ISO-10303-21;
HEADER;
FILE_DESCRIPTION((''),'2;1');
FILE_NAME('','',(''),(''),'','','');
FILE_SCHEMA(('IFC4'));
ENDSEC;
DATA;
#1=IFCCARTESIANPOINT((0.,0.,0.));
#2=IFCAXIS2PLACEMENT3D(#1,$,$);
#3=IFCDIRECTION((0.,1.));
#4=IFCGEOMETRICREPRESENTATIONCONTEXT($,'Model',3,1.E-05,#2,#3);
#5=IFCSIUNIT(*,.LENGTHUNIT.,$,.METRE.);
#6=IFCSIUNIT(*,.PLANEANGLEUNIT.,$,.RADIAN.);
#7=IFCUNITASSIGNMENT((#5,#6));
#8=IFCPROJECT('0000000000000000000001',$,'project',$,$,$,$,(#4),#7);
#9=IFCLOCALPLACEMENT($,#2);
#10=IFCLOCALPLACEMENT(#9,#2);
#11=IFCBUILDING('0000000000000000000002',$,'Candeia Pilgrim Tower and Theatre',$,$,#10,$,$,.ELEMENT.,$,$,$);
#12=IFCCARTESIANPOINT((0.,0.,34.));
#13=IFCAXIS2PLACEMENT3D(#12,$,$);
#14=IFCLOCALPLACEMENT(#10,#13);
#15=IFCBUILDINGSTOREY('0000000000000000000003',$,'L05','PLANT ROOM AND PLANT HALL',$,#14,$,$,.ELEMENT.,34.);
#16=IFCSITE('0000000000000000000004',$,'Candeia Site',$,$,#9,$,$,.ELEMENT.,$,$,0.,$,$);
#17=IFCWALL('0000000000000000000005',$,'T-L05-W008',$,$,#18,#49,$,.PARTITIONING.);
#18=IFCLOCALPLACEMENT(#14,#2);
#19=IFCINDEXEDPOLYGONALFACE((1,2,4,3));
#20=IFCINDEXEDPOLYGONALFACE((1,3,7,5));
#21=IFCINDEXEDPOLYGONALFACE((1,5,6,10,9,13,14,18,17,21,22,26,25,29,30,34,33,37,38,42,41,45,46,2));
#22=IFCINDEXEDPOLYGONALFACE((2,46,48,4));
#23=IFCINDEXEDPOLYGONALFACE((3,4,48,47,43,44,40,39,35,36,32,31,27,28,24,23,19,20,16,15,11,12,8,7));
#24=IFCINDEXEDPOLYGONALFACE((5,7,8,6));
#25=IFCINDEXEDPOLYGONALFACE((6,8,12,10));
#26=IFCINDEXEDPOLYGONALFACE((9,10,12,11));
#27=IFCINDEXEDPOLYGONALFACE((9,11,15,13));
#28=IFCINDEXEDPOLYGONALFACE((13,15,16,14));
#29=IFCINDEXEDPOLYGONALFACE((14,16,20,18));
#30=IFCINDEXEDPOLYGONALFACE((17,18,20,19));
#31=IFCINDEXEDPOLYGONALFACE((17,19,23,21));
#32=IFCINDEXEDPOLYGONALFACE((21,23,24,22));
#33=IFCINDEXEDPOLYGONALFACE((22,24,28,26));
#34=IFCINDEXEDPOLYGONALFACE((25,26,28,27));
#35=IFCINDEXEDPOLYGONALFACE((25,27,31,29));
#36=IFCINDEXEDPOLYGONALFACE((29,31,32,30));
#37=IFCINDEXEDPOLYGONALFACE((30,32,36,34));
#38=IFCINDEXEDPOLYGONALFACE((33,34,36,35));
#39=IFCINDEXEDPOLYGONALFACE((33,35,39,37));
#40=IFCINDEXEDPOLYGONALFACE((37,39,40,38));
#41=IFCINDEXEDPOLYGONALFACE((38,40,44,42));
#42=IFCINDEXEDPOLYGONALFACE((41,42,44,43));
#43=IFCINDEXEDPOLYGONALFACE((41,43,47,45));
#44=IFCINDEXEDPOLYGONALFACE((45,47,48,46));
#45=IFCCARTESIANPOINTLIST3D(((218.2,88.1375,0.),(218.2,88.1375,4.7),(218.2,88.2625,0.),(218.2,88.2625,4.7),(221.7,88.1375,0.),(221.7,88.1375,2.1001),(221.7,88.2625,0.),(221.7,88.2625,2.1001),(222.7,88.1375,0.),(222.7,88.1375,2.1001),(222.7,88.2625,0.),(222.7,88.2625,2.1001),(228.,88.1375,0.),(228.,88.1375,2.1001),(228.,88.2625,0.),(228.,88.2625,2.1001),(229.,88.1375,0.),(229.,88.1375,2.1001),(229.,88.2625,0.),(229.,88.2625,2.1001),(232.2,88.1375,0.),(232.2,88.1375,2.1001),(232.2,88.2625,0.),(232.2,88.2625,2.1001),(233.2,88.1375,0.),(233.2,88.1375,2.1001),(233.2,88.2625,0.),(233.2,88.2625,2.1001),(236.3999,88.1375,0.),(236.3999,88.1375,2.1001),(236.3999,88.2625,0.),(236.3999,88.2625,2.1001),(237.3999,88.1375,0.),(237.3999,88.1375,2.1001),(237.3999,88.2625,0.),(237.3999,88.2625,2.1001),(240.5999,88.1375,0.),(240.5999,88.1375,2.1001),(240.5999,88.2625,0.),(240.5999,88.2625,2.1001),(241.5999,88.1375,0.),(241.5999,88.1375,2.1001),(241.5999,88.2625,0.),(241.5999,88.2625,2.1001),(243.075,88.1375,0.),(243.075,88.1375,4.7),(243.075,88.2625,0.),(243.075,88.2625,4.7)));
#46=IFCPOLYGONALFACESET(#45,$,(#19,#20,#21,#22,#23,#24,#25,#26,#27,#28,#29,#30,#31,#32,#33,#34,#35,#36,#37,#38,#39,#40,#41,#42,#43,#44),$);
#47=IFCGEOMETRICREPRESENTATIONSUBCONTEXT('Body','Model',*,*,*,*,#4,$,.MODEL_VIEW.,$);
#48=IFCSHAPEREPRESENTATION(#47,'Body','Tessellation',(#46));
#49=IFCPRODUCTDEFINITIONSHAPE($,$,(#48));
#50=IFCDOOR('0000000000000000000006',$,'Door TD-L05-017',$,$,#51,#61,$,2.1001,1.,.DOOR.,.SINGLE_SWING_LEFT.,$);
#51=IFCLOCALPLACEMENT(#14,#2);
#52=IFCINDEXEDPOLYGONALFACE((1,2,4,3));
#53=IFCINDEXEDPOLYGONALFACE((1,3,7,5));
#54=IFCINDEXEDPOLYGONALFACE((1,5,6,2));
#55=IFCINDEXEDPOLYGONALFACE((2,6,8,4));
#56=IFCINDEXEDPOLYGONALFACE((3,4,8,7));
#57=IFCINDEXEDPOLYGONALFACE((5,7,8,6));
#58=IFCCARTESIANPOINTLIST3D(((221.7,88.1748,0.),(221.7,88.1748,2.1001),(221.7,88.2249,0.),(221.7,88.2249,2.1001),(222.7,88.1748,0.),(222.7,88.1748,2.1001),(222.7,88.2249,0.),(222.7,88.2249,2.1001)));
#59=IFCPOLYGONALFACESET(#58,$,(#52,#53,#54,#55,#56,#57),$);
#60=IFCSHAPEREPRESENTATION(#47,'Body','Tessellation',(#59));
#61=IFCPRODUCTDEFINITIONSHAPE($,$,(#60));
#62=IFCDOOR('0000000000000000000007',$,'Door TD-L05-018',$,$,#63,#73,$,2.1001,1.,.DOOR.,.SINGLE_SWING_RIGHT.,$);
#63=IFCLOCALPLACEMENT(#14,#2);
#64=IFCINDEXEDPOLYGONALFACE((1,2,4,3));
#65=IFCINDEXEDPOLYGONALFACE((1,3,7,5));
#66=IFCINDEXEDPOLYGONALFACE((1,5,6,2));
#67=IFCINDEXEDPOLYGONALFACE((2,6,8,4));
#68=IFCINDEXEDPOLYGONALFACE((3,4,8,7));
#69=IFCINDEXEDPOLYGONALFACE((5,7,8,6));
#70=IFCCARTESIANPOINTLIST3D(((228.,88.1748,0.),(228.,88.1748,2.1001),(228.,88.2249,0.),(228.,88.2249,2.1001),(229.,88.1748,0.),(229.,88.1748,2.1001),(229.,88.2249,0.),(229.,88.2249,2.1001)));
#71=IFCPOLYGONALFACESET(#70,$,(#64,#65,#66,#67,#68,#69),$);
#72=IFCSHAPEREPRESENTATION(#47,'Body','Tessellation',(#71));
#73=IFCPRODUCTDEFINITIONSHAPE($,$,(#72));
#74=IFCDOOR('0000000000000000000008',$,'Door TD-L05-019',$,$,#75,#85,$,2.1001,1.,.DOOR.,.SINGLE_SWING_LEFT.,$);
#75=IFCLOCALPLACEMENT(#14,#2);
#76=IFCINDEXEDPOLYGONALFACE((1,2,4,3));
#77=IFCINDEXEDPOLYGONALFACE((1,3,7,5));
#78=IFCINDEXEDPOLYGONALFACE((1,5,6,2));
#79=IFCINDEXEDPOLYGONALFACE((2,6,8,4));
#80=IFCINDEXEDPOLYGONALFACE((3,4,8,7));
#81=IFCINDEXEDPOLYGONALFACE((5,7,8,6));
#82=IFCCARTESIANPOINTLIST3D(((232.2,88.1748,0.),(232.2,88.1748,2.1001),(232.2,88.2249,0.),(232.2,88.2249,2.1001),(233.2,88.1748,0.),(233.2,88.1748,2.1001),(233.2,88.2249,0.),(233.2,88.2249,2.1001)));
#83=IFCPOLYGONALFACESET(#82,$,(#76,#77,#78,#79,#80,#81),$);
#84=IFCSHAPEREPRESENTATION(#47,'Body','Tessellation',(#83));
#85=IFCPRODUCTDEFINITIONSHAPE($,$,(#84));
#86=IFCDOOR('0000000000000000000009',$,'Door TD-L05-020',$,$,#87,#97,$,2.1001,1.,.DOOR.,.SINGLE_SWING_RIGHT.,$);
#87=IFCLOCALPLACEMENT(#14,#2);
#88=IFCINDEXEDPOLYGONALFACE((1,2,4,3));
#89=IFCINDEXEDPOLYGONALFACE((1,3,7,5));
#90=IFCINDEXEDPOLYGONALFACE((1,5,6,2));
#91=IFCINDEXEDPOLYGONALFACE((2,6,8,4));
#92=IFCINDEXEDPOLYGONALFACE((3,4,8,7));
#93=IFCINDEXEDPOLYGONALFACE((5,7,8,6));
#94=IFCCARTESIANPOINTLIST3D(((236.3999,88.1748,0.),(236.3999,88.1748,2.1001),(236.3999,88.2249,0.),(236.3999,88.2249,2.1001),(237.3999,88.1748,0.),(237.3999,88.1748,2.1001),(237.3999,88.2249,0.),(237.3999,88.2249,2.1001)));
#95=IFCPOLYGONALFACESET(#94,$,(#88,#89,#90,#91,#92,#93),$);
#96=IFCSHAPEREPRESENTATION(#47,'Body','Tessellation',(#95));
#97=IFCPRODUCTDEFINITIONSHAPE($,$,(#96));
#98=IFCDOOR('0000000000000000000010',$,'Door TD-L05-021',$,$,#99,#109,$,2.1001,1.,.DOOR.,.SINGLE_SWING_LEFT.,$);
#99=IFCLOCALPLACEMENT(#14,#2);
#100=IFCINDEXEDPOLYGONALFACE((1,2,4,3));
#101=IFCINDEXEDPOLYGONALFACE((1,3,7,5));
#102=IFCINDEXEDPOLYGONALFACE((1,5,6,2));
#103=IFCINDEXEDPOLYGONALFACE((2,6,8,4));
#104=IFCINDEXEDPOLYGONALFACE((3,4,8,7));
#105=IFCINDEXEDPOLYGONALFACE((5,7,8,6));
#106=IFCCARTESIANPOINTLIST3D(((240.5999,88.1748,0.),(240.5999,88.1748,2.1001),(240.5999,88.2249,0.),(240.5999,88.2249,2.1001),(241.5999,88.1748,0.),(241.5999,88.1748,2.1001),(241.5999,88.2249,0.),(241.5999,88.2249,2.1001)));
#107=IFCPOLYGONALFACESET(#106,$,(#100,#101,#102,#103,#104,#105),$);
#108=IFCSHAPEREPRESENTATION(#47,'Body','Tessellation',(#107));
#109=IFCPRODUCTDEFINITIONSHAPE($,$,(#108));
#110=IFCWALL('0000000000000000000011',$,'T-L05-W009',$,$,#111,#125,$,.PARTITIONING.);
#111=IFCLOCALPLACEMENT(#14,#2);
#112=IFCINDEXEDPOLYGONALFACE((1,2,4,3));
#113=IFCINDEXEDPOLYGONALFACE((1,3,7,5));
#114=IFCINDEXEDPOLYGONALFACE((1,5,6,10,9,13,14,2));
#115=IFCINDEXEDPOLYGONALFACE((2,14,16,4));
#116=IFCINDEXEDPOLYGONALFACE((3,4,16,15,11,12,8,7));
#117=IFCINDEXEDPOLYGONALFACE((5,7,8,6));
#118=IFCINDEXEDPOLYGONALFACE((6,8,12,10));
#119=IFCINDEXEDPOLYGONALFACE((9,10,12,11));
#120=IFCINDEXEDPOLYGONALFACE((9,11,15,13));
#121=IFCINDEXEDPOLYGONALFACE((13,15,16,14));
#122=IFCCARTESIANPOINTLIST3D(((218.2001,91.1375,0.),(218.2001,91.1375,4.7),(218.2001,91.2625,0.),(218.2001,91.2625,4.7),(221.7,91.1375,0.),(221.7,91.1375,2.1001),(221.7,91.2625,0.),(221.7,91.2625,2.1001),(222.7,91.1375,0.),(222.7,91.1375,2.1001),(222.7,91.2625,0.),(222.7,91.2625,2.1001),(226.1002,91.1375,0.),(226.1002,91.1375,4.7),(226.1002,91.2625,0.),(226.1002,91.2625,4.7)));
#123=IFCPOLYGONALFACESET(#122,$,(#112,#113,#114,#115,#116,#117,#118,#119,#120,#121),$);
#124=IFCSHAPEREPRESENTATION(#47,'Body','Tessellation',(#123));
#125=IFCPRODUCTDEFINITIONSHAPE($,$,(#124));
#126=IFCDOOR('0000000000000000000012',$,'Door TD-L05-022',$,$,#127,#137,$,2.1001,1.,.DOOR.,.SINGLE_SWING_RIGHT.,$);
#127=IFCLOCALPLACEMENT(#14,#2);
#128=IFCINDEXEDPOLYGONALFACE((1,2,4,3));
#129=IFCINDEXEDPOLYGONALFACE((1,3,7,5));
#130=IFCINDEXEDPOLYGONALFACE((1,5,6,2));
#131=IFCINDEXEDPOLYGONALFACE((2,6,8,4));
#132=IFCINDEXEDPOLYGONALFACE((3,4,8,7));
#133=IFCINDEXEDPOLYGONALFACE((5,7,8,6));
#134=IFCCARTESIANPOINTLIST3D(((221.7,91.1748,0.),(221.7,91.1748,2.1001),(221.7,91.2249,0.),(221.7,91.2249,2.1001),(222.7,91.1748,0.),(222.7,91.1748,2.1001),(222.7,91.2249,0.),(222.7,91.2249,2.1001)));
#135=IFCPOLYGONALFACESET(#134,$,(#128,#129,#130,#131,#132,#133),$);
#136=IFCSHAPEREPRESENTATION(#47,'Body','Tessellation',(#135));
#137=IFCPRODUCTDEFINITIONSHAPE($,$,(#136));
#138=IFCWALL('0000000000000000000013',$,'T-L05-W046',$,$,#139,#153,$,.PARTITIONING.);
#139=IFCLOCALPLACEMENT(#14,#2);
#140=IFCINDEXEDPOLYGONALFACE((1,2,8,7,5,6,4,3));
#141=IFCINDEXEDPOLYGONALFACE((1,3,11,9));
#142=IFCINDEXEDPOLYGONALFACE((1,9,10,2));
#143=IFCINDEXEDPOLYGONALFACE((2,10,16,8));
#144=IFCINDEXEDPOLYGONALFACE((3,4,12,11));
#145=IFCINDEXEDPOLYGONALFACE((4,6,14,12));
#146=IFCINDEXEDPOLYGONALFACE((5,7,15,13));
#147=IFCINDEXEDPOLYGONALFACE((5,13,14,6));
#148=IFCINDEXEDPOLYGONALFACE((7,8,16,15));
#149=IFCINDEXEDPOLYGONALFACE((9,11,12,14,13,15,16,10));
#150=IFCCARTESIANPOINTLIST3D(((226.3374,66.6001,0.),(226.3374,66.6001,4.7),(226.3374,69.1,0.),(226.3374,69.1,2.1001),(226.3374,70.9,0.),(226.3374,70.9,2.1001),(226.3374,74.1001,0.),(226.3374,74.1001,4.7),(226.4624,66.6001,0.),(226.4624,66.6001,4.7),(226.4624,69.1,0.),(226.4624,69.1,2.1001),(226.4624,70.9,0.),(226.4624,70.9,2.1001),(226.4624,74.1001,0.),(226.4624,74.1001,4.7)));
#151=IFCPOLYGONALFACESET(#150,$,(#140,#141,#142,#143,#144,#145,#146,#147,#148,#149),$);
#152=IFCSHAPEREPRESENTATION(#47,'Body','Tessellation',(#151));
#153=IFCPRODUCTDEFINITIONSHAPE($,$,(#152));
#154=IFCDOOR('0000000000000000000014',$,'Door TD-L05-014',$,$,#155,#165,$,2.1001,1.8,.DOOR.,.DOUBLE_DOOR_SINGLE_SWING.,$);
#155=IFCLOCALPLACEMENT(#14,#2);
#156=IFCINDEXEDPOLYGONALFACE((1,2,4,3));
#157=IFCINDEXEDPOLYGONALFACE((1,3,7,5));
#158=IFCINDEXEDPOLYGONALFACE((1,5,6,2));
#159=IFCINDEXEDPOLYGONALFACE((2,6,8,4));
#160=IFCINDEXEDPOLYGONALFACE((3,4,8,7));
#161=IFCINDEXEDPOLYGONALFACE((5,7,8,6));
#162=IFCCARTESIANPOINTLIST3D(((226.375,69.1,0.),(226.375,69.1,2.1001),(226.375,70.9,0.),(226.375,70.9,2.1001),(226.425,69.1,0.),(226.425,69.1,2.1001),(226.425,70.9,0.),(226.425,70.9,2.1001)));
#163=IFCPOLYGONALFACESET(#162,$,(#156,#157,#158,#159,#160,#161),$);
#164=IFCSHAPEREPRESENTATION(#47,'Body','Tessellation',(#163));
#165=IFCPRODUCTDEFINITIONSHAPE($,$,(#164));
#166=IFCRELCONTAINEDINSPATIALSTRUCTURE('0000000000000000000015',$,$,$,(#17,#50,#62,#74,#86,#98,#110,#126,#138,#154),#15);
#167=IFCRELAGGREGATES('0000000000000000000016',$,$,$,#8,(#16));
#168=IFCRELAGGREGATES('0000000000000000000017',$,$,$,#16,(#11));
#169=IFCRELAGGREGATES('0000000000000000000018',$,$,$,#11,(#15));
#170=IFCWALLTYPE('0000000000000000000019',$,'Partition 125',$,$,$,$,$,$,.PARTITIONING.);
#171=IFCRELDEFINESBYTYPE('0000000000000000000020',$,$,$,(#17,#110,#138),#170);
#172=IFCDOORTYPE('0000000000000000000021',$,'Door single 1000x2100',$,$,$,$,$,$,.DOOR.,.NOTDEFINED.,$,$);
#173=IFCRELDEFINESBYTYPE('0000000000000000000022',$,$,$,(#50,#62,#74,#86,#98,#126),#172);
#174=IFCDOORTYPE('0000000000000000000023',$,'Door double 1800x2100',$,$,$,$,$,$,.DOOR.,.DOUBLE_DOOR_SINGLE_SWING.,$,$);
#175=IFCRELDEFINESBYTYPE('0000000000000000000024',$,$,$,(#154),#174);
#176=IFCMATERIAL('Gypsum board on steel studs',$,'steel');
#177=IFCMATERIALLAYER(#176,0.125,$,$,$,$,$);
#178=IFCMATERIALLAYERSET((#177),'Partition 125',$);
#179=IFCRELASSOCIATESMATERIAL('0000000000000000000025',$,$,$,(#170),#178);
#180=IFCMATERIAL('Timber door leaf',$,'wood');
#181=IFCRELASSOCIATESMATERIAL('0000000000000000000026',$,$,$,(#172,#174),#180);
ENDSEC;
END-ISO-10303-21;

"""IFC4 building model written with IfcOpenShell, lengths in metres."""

from ifc_helpers import new_model, si_unit, direction, frame, frame_2d, origin, place, context, subcontext, project, spatial, rectangle, extrude, material, layer, layer_set, type_object, element, fill, save


model = new_model("IFC4")

# Units and contexts
model_context = context("Model", 3, precision=1e-05, world=origin(), true_north=direction((0.0, 1.0)))
body_context = subcontext(model_context, "Body", "Model", "MODEL_VIEW")
ifc_project = project(units=[si_unit("LENGTHUNIT", "METRE"), si_unit("PLANEANGLEUNIT", "RADIAN")], contexts=[model_context])

# Site, building, storey
site_placement = place(None, origin())
site = spatial("IfcSite", under=ifc_project, at=site_placement, Name="Candeia Site", CompositionType="ELEMENT", RefElevation=0.0)
building_placement = place(site_placement, origin())
building = spatial("IfcBuilding", under=site, at=building_placement, Name="Candeia Pilgrim Tower and Theatre", CompositionType="ELEMENT")
storey_placement = place(building_placement, frame((0.0, 0.0, 34.0)))
storey = spatial("IfcBuildingStorey", under=building, at=storey_placement, Name="L05", Description="PLANT ROOM AND PLANT HALL", CompositionType="ELEMENT", Elevation=34.0)

# Shared definitions
ifc_material_1 = material(Name="Gypsum board on steel studs", Category="steel")
ifc_layer_1 = layer(ifc_material_1, 0.125)
ifc_layer_set_1 = layer_set([ifc_layer_1], Name="Partition 125")
wall_type_1 = type_object("IfcWallType", Name="Partition 125", PredefinedType="PARTITIONING", material=ifc_layer_set_1)

# Shared definitions
ifc_material_2 = material(Name="Timber door leaf", Category="wood")
door_type_1 = type_object("IfcDoorType", Name="Door single 1000x2100", OperationType="NOTDEFINED", PredefinedType="DOOR", material=ifc_material_2)

# Wall, openings, doors
wall_1_placement = place(storey_placement, frame((218.2, 88.2, 0.0), z_axis=(0.0, 0.0, 1.0), x_axis=(1.0, 0.0, 0.0)))
wall_1 = element("IfcWall", 1, at=wall_1_placement, inside=storey, type_object=wall_type_1, Name="T-L05-W008", PredefinedType="PARTITIONING", context=body_context, shape_type="SweptSolid", body=[
    extrude(rectangle(XDim=24.875, YDim=0.125, at=frame_2d((12.4375, 0.0))), origin(), (0.0, 0.0, 1.0), 4.7),
])
opening_1_placement = place(wall_1_placement, frame((3.5, 0.0, 0.0)))
opening_1 = element("IfcOpeningElement", 2, at=opening_1_placement, cuts=wall_1, PredefinedType="OPENING", context=body_context, shape_type="SweptSolid", body=[
    extrude(rectangle(XDim=1.0, YDim=2.1001, at=frame_2d((0.5, 1.05))), frame((0.0, 0.0725, 0.0), z_axis=(0.0, -1.0, 0.0), x_axis=(1.0, 0.0, 0.0)), (0.0, 0.0, 1.0), 0.145),
])
opening_2_placement = place(wall_1_placement, frame((9.8, 0.0, 0.0)))
opening_2 = element("IfcOpeningElement", 3, at=opening_2_placement, cuts=wall_1, PredefinedType="OPENING", context=body_context, shape_type="SweptSolid", body=[
    extrude(rectangle(XDim=1.0, YDim=2.1001, at=frame_2d((0.5, 1.05))), frame((0.0, 0.0725, 0.0), z_axis=(0.0, -1.0, 0.0), x_axis=(1.0, 0.0, 0.0)), (0.0, 0.0, 1.0), 0.145),
])
opening_3_placement = place(wall_1_placement, frame((14.0, 0.0, 0.0)))
opening_3 = element("IfcOpeningElement", 4, at=opening_3_placement, cuts=wall_1, PredefinedType="OPENING", context=body_context, shape_type="SweptSolid", body=[
    extrude(rectangle(XDim=1.0, YDim=2.1001, at=frame_2d((0.5, 1.05))), frame((0.0, 0.0725, 0.0), z_axis=(0.0, -1.0, 0.0), x_axis=(1.0, 0.0, 0.0)), (0.0, 0.0, 1.0), 0.145),
])
opening_4_placement = place(wall_1_placement, frame((18.2, 0.0, 0.0)))
opening_4 = element("IfcOpeningElement", 5, at=opening_4_placement, cuts=wall_1, PredefinedType="OPENING", context=body_context, shape_type="SweptSolid", body=[
    extrude(rectangle(XDim=1.0, YDim=2.1001, at=frame_2d((0.5, 1.05))), frame((0.0, 0.0725, 0.0), z_axis=(0.0, -1.0, 0.0), x_axis=(1.0, 0.0, 0.0)), (0.0, 0.0, 1.0), 0.145),
])
opening_5_placement = place(wall_1_placement, frame((22.3999, 0.0, 0.0)))
opening_5 = element("IfcOpeningElement", 6, at=opening_5_placement, cuts=wall_1, PredefinedType="OPENING", context=body_context, shape_type="SweptSolid", body=[
    extrude(rectangle(XDim=1.0, YDim=2.1001, at=frame_2d((0.5, 1.05))), frame((0.0, 0.0725, 0.0), z_axis=(0.0, -1.0, 0.0), x_axis=(1.0, 0.0, 0.0)), (0.0, 0.0, 1.0), 0.145),
])
door_1_placement = place(opening_1_placement, origin())
door_1 = element("IfcDoor", 7, at=door_1_placement, inside=storey, type_object=door_type_1, Name="Door TD-L05-017", OperationType="SINGLE_SWING_LEFT", OverallHeight=2.1001, OverallWidth=1.0, PredefinedType="DOOR", context=body_context, shape_type="SweptSolid", body=[
    extrude(rectangle(XDim=1.0, YDim=2.1001, at=frame_2d((0.5, 1.05))), frame((0.0, 0.0249, 0.0), z_axis=(0.0, -1.0, 0.0), x_axis=(1.0, 0.0, 0.0)), (0.0, 0.0, 1.0), 0.05),
])
fill(opening_1, door_1)
door_2_placement = place(opening_2_placement, origin())
door_2 = element("IfcDoor", 8, at=door_2_placement, inside=storey, type_object=door_type_1, Name="Door TD-L05-018", OperationType="SINGLE_SWING_RIGHT", OverallHeight=2.1001, OverallWidth=1.0, PredefinedType="DOOR", context=body_context, shape_type="SweptSolid", body=[
    extrude(rectangle(XDim=1.0, YDim=2.1001, at=frame_2d((0.5, 1.05))), frame((0.0, 0.0249, 0.0), z_axis=(0.0, -1.0, 0.0), x_axis=(1.0, 0.0, 0.0)), (0.0, 0.0, 1.0), 0.05),
])
fill(opening_2, door_2)
door_3_placement = place(opening_3_placement, origin())
door_3 = element("IfcDoor", 9, at=door_3_placement, inside=storey, type_object=door_type_1, Name="Door TD-L05-019", OperationType="SINGLE_SWING_LEFT", OverallHeight=2.1001, OverallWidth=1.0, PredefinedType="DOOR", context=body_context, shape_type="SweptSolid", body=[
    extrude(rectangle(XDim=1.0, YDim=2.1001, at=frame_2d((0.5, 1.05))), frame((0.0, 0.0249, 0.0), z_axis=(0.0, -1.0, 0.0), x_axis=(1.0, 0.0, 0.0)), (0.0, 0.0, 1.0), 0.05),
])
fill(opening_3, door_3)
door_4_placement = place(opening_4_placement, origin())
door_4 = element("IfcDoor", 10, at=door_4_placement, inside=storey, type_object=door_type_1, Name="Door TD-L05-020", OperationType="SINGLE_SWING_RIGHT", OverallHeight=2.1001, OverallWidth=1.0, PredefinedType="DOOR", context=body_context, shape_type="SweptSolid", body=[
    extrude(rectangle(XDim=1.0, YDim=2.1001, at=frame_2d((0.5, 1.05))), frame((0.0, 0.0249, 0.0), z_axis=(0.0, -1.0, 0.0), x_axis=(1.0, 0.0, 0.0)), (0.0, 0.0, 1.0), 0.05),
])
fill(opening_4, door_4)
door_5_placement = place(opening_5_placement, origin())
door_5 = element("IfcDoor", 11, at=door_5_placement, inside=storey, type_object=door_type_1, Name="Door TD-L05-021", OperationType="SINGLE_SWING_LEFT", OverallHeight=2.1001, OverallWidth=1.0, PredefinedType="DOOR", context=body_context, shape_type="SweptSolid", body=[
    extrude(rectangle(XDim=1.0, YDim=2.1001, at=frame_2d((0.5, 1.05))), frame((0.0, 0.0249, 0.0), z_axis=(0.0, -1.0, 0.0), x_axis=(1.0, 0.0, 0.0)), (0.0, 0.0, 1.0), 0.05),
])
fill(opening_5, door_5)

# Walls, openings, doors
wall_2_placement = place(storey_placement, frame((218.2, 91.2, 0.0), z_axis=(0.0, 0.0, 1.0), x_axis=(1.0, 0.0, 0.0)))
wall_2 = element("IfcWall", 12, at=wall_2_placement, inside=storey, type_object=wall_type_1, Name="T-L05-W009", PredefinedType="PARTITIONING", context=body_context, shape_type="SweptSolid", body=[
    extrude(rectangle(XDim=7.9001, YDim=0.125, at=frame_2d((3.9502, 0.0))), origin(), (0.0, 0.0, 1.0), 4.7),
])
opening_6_placement = place(wall_2_placement, frame((3.5, 0.0, 0.0)))
opening_6 = element("IfcOpeningElement", 13, at=opening_6_placement, cuts=wall_2, PredefinedType="OPENING", context=body_context, shape_type="SweptSolid", body=[
    extrude(rectangle(XDim=1.0, YDim=2.1001, at=frame_2d((0.5, 1.05))), frame((0.0, 0.0725, 0.0), z_axis=(0.0, -1.0, 0.0), x_axis=(1.0, 0.0, 0.0)), (0.0, 0.0, 1.0), 0.145),
])
door_6_placement = place(opening_6_placement, origin())
door_6 = element("IfcDoor", 14, at=door_6_placement, inside=storey, type_object=door_type_1, Name="Door TD-L05-022", OperationType="SINGLE_SWING_RIGHT", OverallHeight=2.1001, OverallWidth=1.0, PredefinedType="DOOR", context=body_context, shape_type="SweptSolid", body=[
    extrude(rectangle(XDim=1.0, YDim=2.1001, at=frame_2d((0.5, 1.05))), frame((0.0, 0.0249, 0.0), z_axis=(0.0, -1.0, 0.0), x_axis=(1.0, 0.0, 0.0)), (0.0, 0.0, 1.0), 0.05),
])
fill(opening_6, door_6)
wall_3_placement = place(storey_placement, frame((226.3999, 66.6001, 0.0), z_axis=(0.0, 0.0, 1.0), x_axis=(0.0, 1.0, 0.0)))
wall_3 = element("IfcWall", 15, at=wall_3_placement, inside=storey, type_object=wall_type_1, Name="T-L05-W046", PredefinedType="PARTITIONING", context=body_context, shape_type="SweptSolid", body=[
    extrude(rectangle(XDim=7.5, YDim=0.125, at=frame_2d((3.75, 0.0))), origin(), (0.0, 0.0, 1.0), 4.7),
])
opening_7_placement = place(wall_3_placement, frame((2.5, 0.0, 0.0)))
opening_7 = element("IfcOpeningElement", 16, at=opening_7_placement, cuts=wall_3, PredefinedType="OPENING", context=body_context, shape_type="SweptSolid", body=[
    extrude(rectangle(XDim=1.8, YDim=2.1001, at=frame_2d((0.8999, 1.05))), frame((0.0, 0.0725, 0.0), z_axis=(0.0, -1.0, 0.0), x_axis=(1.0, 0.0, 0.0)), (0.0, 0.0, 1.0), 0.145),
])
door_type_2 = type_object("IfcDoorType", Name="Door double 1800x2100", OperationType="DOUBLE_DOOR_SINGLE_SWING", PredefinedType="DOOR", material=ifc_material_2)
door_7_placement = place(opening_7_placement, origin())
door_7 = element("IfcDoor", 17, at=door_7_placement, inside=storey, type_object=door_type_2, Name="Door TD-L05-014", OperationType="DOUBLE_DOOR_SINGLE_SWING", OverallHeight=2.1001, OverallWidth=1.8, PredefinedType="DOOR", context=body_context, shape_type="SweptSolid", body=[
    extrude(rectangle(XDim=1.8, YDim=2.1001, at=frame_2d((0.8999, 1.05))), frame((0.0, 0.0249, 0.0), z_axis=(0.0, -1.0, 0.0), x_axis=(1.0, 0.0, 0.0)), (0.0, 0.0, 1.0), 0.05),
])
fill(opening_7, door_7)

save(model, "model.ifc")
